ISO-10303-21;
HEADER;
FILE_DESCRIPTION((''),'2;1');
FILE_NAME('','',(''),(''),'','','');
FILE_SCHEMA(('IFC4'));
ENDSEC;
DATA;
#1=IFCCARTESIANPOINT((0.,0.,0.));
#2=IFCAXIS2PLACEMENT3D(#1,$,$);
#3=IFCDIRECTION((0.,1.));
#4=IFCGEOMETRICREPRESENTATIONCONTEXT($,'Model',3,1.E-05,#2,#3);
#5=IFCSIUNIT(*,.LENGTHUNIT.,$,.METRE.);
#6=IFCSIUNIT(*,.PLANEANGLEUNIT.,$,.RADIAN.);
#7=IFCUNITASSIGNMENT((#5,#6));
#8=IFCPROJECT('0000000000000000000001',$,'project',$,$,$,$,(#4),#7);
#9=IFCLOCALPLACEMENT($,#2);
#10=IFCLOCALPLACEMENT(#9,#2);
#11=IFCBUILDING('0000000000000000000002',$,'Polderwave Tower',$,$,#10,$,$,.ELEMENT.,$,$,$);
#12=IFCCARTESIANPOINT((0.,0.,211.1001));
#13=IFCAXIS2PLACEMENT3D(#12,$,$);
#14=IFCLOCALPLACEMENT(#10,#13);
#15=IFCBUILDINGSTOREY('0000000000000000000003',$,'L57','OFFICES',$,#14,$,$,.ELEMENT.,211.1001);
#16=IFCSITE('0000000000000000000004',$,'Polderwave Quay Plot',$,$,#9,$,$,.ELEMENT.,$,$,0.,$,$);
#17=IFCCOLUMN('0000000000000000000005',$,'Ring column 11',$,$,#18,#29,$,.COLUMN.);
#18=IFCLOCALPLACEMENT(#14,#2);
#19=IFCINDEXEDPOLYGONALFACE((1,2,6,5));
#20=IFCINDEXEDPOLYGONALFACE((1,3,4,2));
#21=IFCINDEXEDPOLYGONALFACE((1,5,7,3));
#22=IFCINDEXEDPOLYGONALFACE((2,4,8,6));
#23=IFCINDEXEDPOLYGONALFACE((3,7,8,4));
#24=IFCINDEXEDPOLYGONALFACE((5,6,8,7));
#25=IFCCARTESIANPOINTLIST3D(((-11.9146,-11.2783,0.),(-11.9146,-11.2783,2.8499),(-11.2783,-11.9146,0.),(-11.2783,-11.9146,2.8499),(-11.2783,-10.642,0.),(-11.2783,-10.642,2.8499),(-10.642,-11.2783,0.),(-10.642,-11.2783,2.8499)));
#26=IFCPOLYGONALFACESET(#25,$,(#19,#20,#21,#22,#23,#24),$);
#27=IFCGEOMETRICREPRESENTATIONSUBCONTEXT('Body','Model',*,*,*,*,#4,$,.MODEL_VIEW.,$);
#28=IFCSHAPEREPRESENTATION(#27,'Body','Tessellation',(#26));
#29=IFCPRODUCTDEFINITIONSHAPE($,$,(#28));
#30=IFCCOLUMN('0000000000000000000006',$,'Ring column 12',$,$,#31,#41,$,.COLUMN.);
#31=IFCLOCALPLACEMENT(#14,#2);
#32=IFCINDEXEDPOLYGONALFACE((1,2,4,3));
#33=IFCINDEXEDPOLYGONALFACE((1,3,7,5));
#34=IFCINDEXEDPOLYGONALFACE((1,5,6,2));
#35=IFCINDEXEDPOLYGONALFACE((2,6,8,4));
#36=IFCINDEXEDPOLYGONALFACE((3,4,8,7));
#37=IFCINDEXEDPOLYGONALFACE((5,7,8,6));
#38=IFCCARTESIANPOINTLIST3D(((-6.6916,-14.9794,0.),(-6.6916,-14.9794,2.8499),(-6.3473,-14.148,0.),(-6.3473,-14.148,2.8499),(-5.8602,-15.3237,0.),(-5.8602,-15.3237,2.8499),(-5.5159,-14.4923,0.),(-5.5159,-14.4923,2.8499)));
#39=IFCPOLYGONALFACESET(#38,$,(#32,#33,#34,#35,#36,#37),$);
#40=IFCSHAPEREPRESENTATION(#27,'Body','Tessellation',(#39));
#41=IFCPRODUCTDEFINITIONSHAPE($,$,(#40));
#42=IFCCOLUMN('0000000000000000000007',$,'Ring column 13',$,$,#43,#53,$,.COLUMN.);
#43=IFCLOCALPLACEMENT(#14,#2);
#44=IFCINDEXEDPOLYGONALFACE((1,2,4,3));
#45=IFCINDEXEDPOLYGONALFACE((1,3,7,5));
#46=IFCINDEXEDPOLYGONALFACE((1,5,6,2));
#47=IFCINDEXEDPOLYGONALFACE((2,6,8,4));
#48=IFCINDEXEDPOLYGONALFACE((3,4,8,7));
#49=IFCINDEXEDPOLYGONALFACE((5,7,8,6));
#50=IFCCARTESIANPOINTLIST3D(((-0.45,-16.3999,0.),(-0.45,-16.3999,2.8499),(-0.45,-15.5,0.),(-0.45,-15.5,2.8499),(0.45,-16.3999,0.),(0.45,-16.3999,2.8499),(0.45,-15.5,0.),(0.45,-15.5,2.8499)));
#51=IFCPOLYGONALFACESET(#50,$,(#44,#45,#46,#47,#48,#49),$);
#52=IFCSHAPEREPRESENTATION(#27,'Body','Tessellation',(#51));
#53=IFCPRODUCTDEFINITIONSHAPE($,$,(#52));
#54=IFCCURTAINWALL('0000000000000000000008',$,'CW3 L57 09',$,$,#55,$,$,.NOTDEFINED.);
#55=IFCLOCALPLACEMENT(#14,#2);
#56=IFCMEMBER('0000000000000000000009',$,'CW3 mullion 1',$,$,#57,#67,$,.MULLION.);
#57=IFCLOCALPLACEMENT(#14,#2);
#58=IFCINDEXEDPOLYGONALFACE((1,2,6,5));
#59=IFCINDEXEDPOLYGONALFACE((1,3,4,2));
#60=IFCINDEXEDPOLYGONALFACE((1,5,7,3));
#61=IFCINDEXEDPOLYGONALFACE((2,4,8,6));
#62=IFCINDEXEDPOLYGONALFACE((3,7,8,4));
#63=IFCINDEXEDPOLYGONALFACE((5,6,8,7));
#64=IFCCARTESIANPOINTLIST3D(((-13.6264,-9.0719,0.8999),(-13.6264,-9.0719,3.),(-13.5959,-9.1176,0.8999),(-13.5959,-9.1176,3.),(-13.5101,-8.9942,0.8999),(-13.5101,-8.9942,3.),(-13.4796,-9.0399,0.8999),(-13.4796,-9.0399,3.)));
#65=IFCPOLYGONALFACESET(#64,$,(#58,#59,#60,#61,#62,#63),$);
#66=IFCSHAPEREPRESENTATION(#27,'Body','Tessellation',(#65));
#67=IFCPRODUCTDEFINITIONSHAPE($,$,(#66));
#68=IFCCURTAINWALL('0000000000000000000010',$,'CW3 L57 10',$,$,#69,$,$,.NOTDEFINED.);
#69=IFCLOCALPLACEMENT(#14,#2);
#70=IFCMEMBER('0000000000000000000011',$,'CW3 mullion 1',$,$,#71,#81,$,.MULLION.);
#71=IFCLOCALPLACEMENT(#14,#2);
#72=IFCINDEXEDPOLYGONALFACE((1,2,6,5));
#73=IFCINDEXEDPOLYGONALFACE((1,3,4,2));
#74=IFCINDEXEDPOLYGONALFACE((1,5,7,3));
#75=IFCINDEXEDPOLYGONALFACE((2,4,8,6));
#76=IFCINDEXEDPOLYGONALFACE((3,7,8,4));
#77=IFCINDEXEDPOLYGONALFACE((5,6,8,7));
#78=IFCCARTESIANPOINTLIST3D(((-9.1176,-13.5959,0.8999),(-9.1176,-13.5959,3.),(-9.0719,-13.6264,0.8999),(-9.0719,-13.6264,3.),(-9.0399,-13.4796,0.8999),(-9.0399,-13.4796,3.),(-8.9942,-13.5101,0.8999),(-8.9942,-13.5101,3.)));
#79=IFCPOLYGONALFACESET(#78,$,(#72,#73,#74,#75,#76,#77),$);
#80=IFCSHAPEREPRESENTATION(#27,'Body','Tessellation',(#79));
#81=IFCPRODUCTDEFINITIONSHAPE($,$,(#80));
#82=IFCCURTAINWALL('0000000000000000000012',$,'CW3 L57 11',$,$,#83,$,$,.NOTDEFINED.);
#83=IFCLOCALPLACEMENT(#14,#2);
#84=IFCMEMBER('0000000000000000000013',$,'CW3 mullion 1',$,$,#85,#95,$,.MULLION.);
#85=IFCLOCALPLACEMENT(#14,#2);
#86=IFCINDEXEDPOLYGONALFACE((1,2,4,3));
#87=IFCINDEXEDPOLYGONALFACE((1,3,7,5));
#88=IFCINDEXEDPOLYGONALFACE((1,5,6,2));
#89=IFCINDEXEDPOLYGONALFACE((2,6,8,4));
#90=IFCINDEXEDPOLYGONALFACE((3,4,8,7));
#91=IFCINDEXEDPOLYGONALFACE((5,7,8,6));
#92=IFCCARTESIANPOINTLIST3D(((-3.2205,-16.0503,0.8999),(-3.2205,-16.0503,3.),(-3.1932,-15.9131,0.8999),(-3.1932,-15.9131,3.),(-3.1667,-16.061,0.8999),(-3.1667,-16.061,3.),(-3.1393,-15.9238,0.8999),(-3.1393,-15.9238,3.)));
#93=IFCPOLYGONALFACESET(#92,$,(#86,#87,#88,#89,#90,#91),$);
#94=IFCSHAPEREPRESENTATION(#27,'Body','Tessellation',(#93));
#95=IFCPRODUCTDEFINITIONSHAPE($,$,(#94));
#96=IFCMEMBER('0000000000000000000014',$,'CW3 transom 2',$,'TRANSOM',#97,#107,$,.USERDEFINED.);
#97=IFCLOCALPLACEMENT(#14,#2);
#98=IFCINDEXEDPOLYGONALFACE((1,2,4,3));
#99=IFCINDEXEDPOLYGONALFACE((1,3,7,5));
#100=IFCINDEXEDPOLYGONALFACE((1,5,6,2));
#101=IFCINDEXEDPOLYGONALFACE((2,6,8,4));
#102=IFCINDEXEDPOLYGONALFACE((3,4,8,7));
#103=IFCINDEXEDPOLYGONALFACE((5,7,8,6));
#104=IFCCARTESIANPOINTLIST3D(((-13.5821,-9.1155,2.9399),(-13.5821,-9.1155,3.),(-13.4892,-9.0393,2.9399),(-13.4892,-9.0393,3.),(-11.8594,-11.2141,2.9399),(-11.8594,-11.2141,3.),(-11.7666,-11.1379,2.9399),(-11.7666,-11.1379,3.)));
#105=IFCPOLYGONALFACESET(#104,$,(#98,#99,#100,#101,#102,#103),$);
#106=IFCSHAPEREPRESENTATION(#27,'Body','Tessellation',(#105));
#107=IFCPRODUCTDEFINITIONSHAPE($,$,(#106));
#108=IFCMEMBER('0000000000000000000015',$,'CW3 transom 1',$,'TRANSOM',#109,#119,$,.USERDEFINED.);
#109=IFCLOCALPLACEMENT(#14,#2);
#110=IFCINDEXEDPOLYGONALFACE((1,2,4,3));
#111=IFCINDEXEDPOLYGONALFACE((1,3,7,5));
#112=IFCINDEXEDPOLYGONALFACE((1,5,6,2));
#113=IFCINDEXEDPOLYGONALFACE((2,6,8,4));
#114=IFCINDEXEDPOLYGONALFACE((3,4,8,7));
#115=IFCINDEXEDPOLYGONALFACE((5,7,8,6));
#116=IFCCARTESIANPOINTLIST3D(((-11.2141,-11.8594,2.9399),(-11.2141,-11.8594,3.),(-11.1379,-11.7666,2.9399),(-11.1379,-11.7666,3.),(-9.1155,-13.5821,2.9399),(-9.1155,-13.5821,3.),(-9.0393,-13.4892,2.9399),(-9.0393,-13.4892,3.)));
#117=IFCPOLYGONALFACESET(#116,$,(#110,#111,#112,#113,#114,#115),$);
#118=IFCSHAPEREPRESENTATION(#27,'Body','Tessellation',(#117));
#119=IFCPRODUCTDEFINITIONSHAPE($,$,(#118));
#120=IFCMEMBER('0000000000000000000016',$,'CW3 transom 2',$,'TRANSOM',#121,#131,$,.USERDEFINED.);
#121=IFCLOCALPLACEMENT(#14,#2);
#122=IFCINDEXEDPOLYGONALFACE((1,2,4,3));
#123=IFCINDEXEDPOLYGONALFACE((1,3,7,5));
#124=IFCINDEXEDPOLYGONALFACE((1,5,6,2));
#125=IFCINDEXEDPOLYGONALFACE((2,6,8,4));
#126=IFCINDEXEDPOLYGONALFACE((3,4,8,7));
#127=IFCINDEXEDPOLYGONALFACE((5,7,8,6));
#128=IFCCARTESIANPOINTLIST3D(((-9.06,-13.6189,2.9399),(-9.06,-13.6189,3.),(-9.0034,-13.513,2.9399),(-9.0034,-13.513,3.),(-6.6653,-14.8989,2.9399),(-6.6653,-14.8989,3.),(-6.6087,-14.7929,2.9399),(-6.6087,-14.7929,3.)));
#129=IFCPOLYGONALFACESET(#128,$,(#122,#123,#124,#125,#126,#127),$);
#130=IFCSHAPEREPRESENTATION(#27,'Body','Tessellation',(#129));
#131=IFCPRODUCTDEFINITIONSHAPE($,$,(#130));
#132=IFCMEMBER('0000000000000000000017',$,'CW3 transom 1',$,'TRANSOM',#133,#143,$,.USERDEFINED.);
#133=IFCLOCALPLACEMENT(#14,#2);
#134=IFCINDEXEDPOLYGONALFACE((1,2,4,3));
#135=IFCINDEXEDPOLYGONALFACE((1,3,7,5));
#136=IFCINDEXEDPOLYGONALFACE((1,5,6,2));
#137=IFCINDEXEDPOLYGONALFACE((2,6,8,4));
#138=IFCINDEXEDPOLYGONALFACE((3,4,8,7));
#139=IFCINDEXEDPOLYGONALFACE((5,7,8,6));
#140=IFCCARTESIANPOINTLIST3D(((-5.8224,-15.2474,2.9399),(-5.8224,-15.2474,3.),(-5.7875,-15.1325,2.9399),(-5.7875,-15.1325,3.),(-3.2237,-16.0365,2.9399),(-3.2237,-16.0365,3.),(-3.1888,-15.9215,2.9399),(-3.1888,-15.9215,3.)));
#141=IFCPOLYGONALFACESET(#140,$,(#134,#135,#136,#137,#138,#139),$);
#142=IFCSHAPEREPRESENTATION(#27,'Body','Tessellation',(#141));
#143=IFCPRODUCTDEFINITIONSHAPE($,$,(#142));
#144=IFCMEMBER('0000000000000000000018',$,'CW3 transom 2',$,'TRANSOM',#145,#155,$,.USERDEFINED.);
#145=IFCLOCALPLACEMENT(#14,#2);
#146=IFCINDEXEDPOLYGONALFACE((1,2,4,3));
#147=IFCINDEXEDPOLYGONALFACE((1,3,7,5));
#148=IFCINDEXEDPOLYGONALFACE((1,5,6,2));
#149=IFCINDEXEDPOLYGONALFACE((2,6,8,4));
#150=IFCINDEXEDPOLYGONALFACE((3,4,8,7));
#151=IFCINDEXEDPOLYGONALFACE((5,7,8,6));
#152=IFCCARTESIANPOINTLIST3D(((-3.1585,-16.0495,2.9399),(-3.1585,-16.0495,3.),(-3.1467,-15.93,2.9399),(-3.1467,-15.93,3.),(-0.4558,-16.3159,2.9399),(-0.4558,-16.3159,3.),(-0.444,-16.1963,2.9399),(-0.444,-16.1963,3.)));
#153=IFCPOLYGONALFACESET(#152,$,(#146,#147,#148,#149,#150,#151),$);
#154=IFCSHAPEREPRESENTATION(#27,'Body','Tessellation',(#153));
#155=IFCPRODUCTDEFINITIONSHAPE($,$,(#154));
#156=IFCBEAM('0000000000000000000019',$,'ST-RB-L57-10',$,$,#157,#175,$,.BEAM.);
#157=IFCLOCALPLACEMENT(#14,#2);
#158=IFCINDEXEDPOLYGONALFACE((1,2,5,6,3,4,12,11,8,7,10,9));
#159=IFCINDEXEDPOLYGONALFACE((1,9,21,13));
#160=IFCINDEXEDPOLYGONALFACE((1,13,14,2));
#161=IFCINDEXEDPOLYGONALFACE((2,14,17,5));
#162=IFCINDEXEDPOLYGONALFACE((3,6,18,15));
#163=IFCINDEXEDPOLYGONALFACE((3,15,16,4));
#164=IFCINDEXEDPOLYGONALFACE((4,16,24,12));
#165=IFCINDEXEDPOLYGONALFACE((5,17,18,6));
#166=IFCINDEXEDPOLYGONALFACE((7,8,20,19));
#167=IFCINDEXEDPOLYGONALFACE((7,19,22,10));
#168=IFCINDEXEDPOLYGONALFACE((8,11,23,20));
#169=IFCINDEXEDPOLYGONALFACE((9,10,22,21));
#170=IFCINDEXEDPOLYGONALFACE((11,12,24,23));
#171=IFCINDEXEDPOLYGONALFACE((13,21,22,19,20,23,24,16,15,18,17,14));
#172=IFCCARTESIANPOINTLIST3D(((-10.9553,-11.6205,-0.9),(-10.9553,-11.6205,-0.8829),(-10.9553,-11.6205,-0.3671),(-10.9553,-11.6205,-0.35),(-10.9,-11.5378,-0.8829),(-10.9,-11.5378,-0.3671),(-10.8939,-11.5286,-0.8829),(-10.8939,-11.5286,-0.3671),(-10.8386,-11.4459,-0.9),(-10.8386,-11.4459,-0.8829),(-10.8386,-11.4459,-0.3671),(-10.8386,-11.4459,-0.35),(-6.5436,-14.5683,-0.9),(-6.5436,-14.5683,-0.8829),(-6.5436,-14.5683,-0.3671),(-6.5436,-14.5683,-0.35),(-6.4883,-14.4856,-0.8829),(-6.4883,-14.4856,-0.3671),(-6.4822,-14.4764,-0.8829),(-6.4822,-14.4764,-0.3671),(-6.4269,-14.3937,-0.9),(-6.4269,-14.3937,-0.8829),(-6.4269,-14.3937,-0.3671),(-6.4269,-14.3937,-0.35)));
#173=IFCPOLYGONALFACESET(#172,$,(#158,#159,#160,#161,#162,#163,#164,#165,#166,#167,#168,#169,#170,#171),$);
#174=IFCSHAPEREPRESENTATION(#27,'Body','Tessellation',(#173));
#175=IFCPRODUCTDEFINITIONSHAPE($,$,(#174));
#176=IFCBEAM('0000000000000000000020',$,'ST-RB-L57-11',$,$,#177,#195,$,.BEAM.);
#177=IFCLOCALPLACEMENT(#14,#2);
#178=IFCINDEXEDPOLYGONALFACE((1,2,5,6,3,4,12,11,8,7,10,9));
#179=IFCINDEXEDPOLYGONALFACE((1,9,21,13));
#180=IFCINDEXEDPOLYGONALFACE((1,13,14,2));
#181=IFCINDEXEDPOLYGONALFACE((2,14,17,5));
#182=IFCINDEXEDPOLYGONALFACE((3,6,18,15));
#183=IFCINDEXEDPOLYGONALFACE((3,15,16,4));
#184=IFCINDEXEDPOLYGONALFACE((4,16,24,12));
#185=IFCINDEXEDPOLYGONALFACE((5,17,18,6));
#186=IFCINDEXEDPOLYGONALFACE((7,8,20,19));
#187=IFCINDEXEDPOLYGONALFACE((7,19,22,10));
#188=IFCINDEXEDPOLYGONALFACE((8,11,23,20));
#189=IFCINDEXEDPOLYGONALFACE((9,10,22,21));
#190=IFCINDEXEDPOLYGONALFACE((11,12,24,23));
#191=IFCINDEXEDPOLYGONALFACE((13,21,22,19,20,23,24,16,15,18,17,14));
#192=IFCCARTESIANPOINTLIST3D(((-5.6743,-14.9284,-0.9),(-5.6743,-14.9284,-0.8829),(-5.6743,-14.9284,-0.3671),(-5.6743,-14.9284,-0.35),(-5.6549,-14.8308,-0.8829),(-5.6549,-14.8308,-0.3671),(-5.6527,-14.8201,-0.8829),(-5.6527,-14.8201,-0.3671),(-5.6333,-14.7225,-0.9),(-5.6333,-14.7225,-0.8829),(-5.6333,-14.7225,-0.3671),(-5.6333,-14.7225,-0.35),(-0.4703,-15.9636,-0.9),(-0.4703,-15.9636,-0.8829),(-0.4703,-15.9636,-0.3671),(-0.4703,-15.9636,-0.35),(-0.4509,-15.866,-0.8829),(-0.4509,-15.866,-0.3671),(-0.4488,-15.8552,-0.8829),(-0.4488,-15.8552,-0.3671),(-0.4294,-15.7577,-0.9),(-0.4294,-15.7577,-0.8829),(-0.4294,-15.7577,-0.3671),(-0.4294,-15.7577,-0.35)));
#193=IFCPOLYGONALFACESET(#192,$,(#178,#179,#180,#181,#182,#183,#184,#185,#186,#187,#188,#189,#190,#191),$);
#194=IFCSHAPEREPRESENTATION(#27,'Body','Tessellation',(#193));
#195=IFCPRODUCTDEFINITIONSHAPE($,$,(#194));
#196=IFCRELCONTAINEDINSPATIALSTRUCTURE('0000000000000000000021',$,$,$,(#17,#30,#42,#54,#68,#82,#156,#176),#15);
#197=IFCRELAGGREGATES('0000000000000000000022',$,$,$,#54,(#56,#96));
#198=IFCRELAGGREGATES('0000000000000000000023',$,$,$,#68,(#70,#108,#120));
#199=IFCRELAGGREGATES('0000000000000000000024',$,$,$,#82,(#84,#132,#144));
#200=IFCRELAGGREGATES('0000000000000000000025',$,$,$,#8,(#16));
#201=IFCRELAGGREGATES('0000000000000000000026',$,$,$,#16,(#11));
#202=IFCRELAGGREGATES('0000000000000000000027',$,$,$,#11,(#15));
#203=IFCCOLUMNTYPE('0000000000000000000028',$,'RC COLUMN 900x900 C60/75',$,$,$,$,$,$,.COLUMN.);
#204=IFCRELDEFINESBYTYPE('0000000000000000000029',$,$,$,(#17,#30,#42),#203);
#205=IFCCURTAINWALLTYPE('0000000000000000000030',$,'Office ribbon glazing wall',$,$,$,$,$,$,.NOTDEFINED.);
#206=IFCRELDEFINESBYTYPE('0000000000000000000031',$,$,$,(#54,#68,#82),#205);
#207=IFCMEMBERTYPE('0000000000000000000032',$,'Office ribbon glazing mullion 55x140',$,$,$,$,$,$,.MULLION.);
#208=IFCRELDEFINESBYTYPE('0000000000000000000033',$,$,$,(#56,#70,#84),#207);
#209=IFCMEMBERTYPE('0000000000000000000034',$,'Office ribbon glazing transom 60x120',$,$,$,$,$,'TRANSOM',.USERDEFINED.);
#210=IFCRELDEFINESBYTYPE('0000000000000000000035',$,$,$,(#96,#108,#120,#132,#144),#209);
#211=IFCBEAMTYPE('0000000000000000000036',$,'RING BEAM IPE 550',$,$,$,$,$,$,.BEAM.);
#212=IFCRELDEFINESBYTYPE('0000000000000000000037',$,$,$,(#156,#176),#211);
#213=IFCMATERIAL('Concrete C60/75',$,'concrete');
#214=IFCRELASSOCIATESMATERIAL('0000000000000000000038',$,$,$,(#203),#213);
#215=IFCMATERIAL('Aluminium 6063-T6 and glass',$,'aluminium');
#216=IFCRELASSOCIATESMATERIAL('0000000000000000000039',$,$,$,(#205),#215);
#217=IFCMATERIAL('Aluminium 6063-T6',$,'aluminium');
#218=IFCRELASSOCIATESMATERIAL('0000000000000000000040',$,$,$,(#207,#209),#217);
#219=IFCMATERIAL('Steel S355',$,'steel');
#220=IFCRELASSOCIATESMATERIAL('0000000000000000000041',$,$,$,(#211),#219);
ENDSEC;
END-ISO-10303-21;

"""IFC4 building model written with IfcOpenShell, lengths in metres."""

from ifc_helpers import new_model, si_unit, direction, frame, origin, origin_2d, place, context, subcontext, project, spatial, rectangle, i_section, extrude, material, material_profile, profile_set, type_object, element, aggregate, save


model = new_model("IFC4")

# Units and contexts
model_context = context("Model", 3, precision=1e-05, world=origin(), true_north=direction((0.0, 1.0)))
body_context = subcontext(model_context, "Body", "Model", "MODEL_VIEW")
ifc_project = project(units=[si_unit("LENGTHUNIT", "METRE"), si_unit("PLANEANGLEUNIT", "RADIAN")], contexts=[model_context])

# Site, building, storey
site_placement = place(None, origin())
site = spatial("IfcSite", under=ifc_project, at=site_placement, Name="Polderwave Quay Plot", CompositionType="ELEMENT", RefElevation=0.0)
building_placement = place(site_placement, origin())
building = spatial("IfcBuilding", under=site, at=building_placement, Name="Polderwave Tower", CompositionType="ELEMENT")
storey_placement = place(building_placement, frame((0.0, 0.0, 211.1001)))
storey = spatial("IfcBuildingStorey", under=building, at=storey_placement, Name="L57", Description="OFFICES", CompositionType="ELEMENT", Elevation=211.1001)

# Columns
ifc_material_1 = material(Name="Concrete C60/75", Category="concrete")
ifc_material_profile_1 = material_profile(ifc_material_1, rectangle(XDim=0.8999, YDim=0.8999, at=origin_2d()), Name="RC 900x900")
ifc_profile_set_1 = profile_set([ifc_material_profile_1], Name="Concrete C60/75")
column_type = type_object("IfcColumnType", Name="RC COLUMN 900x900 C60/75", PredefinedType="COLUMN", material=ifc_profile_set_1)
for number, where, z_axis, x_axis, name in (
    (1, (-11.2783, -11.2783, 0.0), (0.0, 0.0, 1.0), (-0.707107, -0.707107, 0.0), "Ring column 11"),
    (2, (-6.1038, -14.7358, 0.0), (0.0, 0.0, 1.0), (-0.382683, -0.92388, 0.0), "Ring column 12"),
    (3, (0.0, -15.95, 0.0), (0.0, 0.0, 1.0), (0.0, -1.0, 0.0), "Ring column 13"),
):
    element("IfcColumn", number, at=place(storey_placement, frame(where, z_axis=z_axis, x_axis=x_axis)), inside=storey, type_object=column_type, Name=name, PredefinedType="COLUMN", context=body_context, shape_type="SweptSolid", body=[
        extrude(rectangle(XDim=0.8999, YDim=0.8999, at=origin_2d()), origin(), (0.0, 0.0, 1.0), 2.8499),
    ])

# Curtain walls, members
ifc_material_2 = material(Name="Aluminium 6063-T6 and glass", Category="aluminium")
curtain_wall_type = type_object("IfcCurtainWallType", Name="Office ribbon glazing wall", PredefinedType="NOTDEFINED", material=ifc_material_2)
curtain_wall_1_placement = place(storey_placement, origin())
curtain_wall_1 = element("IfcCurtainWall", 4, at=curtain_wall_1_placement, inside=storey, type_object=curtain_wall_type, Name="CW3 L57 09", PredefinedType="NOTDEFINED")
ifc_material_3 = material(Name="Aluminium 6063-T6", Category="aluminium")
ifc_material_profile_2 = material_profile(ifc_material_3, rectangle(XDim=0.1399, YDim=0.0549, at=origin_2d()), Name="AL 55x140")
ifc_profile_set_2 = profile_set([ifc_material_profile_2], Name="Aluminium 6063-T6")
member_type_1 = type_object("IfcMemberType", Name="Office ribbon glazing mullion 55x140", PredefinedType="MULLION", material=ifc_profile_set_2)
member_1_placement = place(storey_placement, frame((-13.553, -9.0559, 0.8999), z_axis=(0.0, 0.0, 1.0), x_axis=(0.831455, 0.555592, 0.0)))
member_1 = element("IfcMember", 5, at=member_1_placement, type_object=member_type_1, Name="CW3 mullion 1", PredefinedType="MULLION", context=body_context, shape_type="SweptSolid", body=[
    extrude(rectangle(XDim=0.1399, YDim=0.0549, at=origin_2d()), origin(), (0.0, 0.0, 1.0), 2.1001),
])
curtain_wall_2_placement = place(storey_placement, origin())
curtain_wall_2 = element("IfcCurtainWall", 6, at=curtain_wall_2_placement, inside=storey, type_object=curtain_wall_type, Name="CW3 L57 10", PredefinedType="NOTDEFINED")
member_2_placement = place(storey_placement, frame((-9.0559, -13.553, 0.8999), z_axis=(0.0, 0.0, 1.0), x_axis=(0.555592, 0.831455, 0.0)))
member_2 = element("IfcMember", 7, at=member_2_placement, type_object=member_type_1, Name="CW3 mullion 1", PredefinedType="MULLION", context=body_context, shape_type="SweptSolid", body=[
    extrude(rectangle(XDim=0.1399, YDim=0.0549, at=origin_2d()), origin(), (0.0, 0.0, 1.0), 2.1001),
])
curtain_wall_3_placement = place(storey_placement, origin())
curtain_wall_3 = element("IfcCurtainWall", 8, at=curtain_wall_3_placement, inside=storey, type_object=curtain_wall_type, Name="CW3 L57 11", PredefinedType="NOTDEFINED")
member_3_placement = place(storey_placement, frame((-3.1799, -15.9871, 0.8999), z_axis=(0.0, 0.0, 1.0), x_axis=(0.195234, 0.980757, 0.0)))
member_3 = element("IfcMember", 9, at=member_3_placement, type_object=member_type_1, Name="CW3 mullion 1", PredefinedType="MULLION", context=body_context, shape_type="SweptSolid", body=[
    extrude(rectangle(XDim=0.1399, YDim=0.0549, at=origin_2d()), origin(), (0.0, 0.0, 1.0), 2.1001),
])

# Members
ifc_material_profile_3 = material_profile(ifc_material_3, rectangle(XDim=0.1201, YDim=0.0601, at=origin_2d()), Name="AL 60x120")
ifc_profile_set_3 = profile_set([ifc_material_profile_3], Name="Aluminium 6063-T6")
member_type_2 = type_object("IfcMemberType", Name="Office ribbon glazing transom 60x120", ElementType="TRANSOM", PredefinedType="USERDEFINED", material=ifc_profile_set_3)
member_4_placement = place(storey_placement, frame((-13.5356, -9.0774, 2.97), z_axis=(0.634471, -0.772947, 0.0), x_axis=(0.772947, 0.634471, 0.0)))
member_4 = element("IfcMember", 10, at=member_4_placement, type_object=member_type_2, Name="CW3 transom 2", ObjectType="TRANSOM", PredefinedType="USERDEFINED", context=body_context, shape_type="SweptSolid", body=[
    extrude(rectangle(XDim=0.1201, YDim=0.0601, at=origin_2d()), origin(), (0.0, 0.0, 1.0), 2.7151),
])
member_5_placement = place(storey_placement, frame((-11.176, -11.813, 2.97), z_axis=(0.772947, -0.634471, 0.0), x_axis=(0.634471, 0.772947, 0.0)))
member_5 = element("IfcMember", 11, at=member_5_placement, type_object=member_type_2, Name="CW3 transom 1", ObjectType="TRANSOM", PredefinedType="USERDEFINED", context=body_context, shape_type="SweptSolid", body=[
    extrude(rectangle(XDim=0.1201, YDim=0.0601, at=origin_2d()), origin(), (0.0, 0.0, 1.0), 2.7151),
])
member_6_placement = place(storey_placement, frame((-9.0317, -13.5659, 2.97), z_axis=(0.881922, -0.471395, 0.0), x_axis=(0.471395, 0.881922, 0.0)))
member_6 = element("IfcMember", 12, at=member_6_placement, type_object=member_type_2, Name="CW3 transom 2", ObjectType="TRANSOM", PredefinedType="USERDEFINED", context=body_context, shape_type="SweptSolid", body=[
    extrude(rectangle(XDim=0.1201, YDim=0.0601, at=origin_2d()), origin(), (0.0, 0.0, 1.0), 2.7153),
])
member_7_placement = place(storey_placement, frame((-5.8049, -15.1899, 2.97), z_axis=(0.956861, -0.290546, 0.0), x_axis=(0.290546, 0.956861, 0.0)))
member_7 = element("IfcMember", 13, at=member_7_placement, type_object=member_type_2, Name="CW3 transom 1", ObjectType="TRANSOM", PredefinedType="USERDEFINED", context=body_context, shape_type="SweptSolid", body=[
    extrude(rectangle(XDim=0.1201, YDim=0.0601, at=origin_2d()), origin(), (0.0, 0.0, 1.0), 2.7158),
])
member_8_placement = place(storey_placement, frame((-3.1526, -15.9897, 2.97), z_axis=(0.995179, -0.098079, 0.0), x_axis=(0.098079, 0.995179, 0.0)))
member_8 = element("IfcMember", 14, at=member_8_placement, type_object=member_type_2, Name="CW3 transom 2", ObjectType="TRANSOM", PredefinedType="USERDEFINED", context=body_context, shape_type="SweptSolid", body=[
    extrude(rectangle(XDim=0.1201, YDim=0.0601, at=origin_2d()), origin(), (0.0, 0.0, 1.0), 2.7158),
])

# Beams
ifc_material_4 = material(Name="Steel S355", Category="steel")
ifc_material_profile_4 = material_profile(ifc_material_4, i_section(OverallWidth=0.21, OverallDepth=0.55, WebThickness=0.011, FlangeThickness=0.0171, at=origin_2d()), Name="IPE 550")
ifc_profile_set_4 = profile_set([ifc_material_profile_4], Name="Steel S355")
beam_type = type_object("IfcBeamType", Name="RING BEAM IPE 550", PredefinedType="BEAM", material=ifc_profile_set_4)
for number, where, z_axis, x_axis, name in (
    (15, (-10.897, -11.5332, -0.625), (0.831469, -0.555571, 0.0), (0.555571, 0.831469, 0.0), "ST-RB-L57-10"),
    (16, (-5.6538, -14.8254, -0.625), (0.980784, -0.195098, 0.0), (0.195098, 0.980784, 0.0), "ST-RB-L57-11"),
):
    element("IfcBeam", number, at=place(storey_placement, frame(where, z_axis=z_axis, x_axis=x_axis)), inside=storey, type_object=beam_type, Name=name, PredefinedType="BEAM", context=body_context, shape_type="SweptSolid", body=[
        extrude(i_section(OverallWidth=0.21, OverallDepth=0.55, WebThickness=0.011, FlangeThickness=0.0171, at=origin_2d()), origin(), (0.0, 0.0, 1.0), 5.3059),
    ])

aggregate(curtain_wall_1, [member_1, member_4])
aggregate(curtain_wall_2, [member_2, member_5, member_6])
aggregate(curtain_wall_3, [member_3, member_7, member_8])

save(model, "model.ifc")
